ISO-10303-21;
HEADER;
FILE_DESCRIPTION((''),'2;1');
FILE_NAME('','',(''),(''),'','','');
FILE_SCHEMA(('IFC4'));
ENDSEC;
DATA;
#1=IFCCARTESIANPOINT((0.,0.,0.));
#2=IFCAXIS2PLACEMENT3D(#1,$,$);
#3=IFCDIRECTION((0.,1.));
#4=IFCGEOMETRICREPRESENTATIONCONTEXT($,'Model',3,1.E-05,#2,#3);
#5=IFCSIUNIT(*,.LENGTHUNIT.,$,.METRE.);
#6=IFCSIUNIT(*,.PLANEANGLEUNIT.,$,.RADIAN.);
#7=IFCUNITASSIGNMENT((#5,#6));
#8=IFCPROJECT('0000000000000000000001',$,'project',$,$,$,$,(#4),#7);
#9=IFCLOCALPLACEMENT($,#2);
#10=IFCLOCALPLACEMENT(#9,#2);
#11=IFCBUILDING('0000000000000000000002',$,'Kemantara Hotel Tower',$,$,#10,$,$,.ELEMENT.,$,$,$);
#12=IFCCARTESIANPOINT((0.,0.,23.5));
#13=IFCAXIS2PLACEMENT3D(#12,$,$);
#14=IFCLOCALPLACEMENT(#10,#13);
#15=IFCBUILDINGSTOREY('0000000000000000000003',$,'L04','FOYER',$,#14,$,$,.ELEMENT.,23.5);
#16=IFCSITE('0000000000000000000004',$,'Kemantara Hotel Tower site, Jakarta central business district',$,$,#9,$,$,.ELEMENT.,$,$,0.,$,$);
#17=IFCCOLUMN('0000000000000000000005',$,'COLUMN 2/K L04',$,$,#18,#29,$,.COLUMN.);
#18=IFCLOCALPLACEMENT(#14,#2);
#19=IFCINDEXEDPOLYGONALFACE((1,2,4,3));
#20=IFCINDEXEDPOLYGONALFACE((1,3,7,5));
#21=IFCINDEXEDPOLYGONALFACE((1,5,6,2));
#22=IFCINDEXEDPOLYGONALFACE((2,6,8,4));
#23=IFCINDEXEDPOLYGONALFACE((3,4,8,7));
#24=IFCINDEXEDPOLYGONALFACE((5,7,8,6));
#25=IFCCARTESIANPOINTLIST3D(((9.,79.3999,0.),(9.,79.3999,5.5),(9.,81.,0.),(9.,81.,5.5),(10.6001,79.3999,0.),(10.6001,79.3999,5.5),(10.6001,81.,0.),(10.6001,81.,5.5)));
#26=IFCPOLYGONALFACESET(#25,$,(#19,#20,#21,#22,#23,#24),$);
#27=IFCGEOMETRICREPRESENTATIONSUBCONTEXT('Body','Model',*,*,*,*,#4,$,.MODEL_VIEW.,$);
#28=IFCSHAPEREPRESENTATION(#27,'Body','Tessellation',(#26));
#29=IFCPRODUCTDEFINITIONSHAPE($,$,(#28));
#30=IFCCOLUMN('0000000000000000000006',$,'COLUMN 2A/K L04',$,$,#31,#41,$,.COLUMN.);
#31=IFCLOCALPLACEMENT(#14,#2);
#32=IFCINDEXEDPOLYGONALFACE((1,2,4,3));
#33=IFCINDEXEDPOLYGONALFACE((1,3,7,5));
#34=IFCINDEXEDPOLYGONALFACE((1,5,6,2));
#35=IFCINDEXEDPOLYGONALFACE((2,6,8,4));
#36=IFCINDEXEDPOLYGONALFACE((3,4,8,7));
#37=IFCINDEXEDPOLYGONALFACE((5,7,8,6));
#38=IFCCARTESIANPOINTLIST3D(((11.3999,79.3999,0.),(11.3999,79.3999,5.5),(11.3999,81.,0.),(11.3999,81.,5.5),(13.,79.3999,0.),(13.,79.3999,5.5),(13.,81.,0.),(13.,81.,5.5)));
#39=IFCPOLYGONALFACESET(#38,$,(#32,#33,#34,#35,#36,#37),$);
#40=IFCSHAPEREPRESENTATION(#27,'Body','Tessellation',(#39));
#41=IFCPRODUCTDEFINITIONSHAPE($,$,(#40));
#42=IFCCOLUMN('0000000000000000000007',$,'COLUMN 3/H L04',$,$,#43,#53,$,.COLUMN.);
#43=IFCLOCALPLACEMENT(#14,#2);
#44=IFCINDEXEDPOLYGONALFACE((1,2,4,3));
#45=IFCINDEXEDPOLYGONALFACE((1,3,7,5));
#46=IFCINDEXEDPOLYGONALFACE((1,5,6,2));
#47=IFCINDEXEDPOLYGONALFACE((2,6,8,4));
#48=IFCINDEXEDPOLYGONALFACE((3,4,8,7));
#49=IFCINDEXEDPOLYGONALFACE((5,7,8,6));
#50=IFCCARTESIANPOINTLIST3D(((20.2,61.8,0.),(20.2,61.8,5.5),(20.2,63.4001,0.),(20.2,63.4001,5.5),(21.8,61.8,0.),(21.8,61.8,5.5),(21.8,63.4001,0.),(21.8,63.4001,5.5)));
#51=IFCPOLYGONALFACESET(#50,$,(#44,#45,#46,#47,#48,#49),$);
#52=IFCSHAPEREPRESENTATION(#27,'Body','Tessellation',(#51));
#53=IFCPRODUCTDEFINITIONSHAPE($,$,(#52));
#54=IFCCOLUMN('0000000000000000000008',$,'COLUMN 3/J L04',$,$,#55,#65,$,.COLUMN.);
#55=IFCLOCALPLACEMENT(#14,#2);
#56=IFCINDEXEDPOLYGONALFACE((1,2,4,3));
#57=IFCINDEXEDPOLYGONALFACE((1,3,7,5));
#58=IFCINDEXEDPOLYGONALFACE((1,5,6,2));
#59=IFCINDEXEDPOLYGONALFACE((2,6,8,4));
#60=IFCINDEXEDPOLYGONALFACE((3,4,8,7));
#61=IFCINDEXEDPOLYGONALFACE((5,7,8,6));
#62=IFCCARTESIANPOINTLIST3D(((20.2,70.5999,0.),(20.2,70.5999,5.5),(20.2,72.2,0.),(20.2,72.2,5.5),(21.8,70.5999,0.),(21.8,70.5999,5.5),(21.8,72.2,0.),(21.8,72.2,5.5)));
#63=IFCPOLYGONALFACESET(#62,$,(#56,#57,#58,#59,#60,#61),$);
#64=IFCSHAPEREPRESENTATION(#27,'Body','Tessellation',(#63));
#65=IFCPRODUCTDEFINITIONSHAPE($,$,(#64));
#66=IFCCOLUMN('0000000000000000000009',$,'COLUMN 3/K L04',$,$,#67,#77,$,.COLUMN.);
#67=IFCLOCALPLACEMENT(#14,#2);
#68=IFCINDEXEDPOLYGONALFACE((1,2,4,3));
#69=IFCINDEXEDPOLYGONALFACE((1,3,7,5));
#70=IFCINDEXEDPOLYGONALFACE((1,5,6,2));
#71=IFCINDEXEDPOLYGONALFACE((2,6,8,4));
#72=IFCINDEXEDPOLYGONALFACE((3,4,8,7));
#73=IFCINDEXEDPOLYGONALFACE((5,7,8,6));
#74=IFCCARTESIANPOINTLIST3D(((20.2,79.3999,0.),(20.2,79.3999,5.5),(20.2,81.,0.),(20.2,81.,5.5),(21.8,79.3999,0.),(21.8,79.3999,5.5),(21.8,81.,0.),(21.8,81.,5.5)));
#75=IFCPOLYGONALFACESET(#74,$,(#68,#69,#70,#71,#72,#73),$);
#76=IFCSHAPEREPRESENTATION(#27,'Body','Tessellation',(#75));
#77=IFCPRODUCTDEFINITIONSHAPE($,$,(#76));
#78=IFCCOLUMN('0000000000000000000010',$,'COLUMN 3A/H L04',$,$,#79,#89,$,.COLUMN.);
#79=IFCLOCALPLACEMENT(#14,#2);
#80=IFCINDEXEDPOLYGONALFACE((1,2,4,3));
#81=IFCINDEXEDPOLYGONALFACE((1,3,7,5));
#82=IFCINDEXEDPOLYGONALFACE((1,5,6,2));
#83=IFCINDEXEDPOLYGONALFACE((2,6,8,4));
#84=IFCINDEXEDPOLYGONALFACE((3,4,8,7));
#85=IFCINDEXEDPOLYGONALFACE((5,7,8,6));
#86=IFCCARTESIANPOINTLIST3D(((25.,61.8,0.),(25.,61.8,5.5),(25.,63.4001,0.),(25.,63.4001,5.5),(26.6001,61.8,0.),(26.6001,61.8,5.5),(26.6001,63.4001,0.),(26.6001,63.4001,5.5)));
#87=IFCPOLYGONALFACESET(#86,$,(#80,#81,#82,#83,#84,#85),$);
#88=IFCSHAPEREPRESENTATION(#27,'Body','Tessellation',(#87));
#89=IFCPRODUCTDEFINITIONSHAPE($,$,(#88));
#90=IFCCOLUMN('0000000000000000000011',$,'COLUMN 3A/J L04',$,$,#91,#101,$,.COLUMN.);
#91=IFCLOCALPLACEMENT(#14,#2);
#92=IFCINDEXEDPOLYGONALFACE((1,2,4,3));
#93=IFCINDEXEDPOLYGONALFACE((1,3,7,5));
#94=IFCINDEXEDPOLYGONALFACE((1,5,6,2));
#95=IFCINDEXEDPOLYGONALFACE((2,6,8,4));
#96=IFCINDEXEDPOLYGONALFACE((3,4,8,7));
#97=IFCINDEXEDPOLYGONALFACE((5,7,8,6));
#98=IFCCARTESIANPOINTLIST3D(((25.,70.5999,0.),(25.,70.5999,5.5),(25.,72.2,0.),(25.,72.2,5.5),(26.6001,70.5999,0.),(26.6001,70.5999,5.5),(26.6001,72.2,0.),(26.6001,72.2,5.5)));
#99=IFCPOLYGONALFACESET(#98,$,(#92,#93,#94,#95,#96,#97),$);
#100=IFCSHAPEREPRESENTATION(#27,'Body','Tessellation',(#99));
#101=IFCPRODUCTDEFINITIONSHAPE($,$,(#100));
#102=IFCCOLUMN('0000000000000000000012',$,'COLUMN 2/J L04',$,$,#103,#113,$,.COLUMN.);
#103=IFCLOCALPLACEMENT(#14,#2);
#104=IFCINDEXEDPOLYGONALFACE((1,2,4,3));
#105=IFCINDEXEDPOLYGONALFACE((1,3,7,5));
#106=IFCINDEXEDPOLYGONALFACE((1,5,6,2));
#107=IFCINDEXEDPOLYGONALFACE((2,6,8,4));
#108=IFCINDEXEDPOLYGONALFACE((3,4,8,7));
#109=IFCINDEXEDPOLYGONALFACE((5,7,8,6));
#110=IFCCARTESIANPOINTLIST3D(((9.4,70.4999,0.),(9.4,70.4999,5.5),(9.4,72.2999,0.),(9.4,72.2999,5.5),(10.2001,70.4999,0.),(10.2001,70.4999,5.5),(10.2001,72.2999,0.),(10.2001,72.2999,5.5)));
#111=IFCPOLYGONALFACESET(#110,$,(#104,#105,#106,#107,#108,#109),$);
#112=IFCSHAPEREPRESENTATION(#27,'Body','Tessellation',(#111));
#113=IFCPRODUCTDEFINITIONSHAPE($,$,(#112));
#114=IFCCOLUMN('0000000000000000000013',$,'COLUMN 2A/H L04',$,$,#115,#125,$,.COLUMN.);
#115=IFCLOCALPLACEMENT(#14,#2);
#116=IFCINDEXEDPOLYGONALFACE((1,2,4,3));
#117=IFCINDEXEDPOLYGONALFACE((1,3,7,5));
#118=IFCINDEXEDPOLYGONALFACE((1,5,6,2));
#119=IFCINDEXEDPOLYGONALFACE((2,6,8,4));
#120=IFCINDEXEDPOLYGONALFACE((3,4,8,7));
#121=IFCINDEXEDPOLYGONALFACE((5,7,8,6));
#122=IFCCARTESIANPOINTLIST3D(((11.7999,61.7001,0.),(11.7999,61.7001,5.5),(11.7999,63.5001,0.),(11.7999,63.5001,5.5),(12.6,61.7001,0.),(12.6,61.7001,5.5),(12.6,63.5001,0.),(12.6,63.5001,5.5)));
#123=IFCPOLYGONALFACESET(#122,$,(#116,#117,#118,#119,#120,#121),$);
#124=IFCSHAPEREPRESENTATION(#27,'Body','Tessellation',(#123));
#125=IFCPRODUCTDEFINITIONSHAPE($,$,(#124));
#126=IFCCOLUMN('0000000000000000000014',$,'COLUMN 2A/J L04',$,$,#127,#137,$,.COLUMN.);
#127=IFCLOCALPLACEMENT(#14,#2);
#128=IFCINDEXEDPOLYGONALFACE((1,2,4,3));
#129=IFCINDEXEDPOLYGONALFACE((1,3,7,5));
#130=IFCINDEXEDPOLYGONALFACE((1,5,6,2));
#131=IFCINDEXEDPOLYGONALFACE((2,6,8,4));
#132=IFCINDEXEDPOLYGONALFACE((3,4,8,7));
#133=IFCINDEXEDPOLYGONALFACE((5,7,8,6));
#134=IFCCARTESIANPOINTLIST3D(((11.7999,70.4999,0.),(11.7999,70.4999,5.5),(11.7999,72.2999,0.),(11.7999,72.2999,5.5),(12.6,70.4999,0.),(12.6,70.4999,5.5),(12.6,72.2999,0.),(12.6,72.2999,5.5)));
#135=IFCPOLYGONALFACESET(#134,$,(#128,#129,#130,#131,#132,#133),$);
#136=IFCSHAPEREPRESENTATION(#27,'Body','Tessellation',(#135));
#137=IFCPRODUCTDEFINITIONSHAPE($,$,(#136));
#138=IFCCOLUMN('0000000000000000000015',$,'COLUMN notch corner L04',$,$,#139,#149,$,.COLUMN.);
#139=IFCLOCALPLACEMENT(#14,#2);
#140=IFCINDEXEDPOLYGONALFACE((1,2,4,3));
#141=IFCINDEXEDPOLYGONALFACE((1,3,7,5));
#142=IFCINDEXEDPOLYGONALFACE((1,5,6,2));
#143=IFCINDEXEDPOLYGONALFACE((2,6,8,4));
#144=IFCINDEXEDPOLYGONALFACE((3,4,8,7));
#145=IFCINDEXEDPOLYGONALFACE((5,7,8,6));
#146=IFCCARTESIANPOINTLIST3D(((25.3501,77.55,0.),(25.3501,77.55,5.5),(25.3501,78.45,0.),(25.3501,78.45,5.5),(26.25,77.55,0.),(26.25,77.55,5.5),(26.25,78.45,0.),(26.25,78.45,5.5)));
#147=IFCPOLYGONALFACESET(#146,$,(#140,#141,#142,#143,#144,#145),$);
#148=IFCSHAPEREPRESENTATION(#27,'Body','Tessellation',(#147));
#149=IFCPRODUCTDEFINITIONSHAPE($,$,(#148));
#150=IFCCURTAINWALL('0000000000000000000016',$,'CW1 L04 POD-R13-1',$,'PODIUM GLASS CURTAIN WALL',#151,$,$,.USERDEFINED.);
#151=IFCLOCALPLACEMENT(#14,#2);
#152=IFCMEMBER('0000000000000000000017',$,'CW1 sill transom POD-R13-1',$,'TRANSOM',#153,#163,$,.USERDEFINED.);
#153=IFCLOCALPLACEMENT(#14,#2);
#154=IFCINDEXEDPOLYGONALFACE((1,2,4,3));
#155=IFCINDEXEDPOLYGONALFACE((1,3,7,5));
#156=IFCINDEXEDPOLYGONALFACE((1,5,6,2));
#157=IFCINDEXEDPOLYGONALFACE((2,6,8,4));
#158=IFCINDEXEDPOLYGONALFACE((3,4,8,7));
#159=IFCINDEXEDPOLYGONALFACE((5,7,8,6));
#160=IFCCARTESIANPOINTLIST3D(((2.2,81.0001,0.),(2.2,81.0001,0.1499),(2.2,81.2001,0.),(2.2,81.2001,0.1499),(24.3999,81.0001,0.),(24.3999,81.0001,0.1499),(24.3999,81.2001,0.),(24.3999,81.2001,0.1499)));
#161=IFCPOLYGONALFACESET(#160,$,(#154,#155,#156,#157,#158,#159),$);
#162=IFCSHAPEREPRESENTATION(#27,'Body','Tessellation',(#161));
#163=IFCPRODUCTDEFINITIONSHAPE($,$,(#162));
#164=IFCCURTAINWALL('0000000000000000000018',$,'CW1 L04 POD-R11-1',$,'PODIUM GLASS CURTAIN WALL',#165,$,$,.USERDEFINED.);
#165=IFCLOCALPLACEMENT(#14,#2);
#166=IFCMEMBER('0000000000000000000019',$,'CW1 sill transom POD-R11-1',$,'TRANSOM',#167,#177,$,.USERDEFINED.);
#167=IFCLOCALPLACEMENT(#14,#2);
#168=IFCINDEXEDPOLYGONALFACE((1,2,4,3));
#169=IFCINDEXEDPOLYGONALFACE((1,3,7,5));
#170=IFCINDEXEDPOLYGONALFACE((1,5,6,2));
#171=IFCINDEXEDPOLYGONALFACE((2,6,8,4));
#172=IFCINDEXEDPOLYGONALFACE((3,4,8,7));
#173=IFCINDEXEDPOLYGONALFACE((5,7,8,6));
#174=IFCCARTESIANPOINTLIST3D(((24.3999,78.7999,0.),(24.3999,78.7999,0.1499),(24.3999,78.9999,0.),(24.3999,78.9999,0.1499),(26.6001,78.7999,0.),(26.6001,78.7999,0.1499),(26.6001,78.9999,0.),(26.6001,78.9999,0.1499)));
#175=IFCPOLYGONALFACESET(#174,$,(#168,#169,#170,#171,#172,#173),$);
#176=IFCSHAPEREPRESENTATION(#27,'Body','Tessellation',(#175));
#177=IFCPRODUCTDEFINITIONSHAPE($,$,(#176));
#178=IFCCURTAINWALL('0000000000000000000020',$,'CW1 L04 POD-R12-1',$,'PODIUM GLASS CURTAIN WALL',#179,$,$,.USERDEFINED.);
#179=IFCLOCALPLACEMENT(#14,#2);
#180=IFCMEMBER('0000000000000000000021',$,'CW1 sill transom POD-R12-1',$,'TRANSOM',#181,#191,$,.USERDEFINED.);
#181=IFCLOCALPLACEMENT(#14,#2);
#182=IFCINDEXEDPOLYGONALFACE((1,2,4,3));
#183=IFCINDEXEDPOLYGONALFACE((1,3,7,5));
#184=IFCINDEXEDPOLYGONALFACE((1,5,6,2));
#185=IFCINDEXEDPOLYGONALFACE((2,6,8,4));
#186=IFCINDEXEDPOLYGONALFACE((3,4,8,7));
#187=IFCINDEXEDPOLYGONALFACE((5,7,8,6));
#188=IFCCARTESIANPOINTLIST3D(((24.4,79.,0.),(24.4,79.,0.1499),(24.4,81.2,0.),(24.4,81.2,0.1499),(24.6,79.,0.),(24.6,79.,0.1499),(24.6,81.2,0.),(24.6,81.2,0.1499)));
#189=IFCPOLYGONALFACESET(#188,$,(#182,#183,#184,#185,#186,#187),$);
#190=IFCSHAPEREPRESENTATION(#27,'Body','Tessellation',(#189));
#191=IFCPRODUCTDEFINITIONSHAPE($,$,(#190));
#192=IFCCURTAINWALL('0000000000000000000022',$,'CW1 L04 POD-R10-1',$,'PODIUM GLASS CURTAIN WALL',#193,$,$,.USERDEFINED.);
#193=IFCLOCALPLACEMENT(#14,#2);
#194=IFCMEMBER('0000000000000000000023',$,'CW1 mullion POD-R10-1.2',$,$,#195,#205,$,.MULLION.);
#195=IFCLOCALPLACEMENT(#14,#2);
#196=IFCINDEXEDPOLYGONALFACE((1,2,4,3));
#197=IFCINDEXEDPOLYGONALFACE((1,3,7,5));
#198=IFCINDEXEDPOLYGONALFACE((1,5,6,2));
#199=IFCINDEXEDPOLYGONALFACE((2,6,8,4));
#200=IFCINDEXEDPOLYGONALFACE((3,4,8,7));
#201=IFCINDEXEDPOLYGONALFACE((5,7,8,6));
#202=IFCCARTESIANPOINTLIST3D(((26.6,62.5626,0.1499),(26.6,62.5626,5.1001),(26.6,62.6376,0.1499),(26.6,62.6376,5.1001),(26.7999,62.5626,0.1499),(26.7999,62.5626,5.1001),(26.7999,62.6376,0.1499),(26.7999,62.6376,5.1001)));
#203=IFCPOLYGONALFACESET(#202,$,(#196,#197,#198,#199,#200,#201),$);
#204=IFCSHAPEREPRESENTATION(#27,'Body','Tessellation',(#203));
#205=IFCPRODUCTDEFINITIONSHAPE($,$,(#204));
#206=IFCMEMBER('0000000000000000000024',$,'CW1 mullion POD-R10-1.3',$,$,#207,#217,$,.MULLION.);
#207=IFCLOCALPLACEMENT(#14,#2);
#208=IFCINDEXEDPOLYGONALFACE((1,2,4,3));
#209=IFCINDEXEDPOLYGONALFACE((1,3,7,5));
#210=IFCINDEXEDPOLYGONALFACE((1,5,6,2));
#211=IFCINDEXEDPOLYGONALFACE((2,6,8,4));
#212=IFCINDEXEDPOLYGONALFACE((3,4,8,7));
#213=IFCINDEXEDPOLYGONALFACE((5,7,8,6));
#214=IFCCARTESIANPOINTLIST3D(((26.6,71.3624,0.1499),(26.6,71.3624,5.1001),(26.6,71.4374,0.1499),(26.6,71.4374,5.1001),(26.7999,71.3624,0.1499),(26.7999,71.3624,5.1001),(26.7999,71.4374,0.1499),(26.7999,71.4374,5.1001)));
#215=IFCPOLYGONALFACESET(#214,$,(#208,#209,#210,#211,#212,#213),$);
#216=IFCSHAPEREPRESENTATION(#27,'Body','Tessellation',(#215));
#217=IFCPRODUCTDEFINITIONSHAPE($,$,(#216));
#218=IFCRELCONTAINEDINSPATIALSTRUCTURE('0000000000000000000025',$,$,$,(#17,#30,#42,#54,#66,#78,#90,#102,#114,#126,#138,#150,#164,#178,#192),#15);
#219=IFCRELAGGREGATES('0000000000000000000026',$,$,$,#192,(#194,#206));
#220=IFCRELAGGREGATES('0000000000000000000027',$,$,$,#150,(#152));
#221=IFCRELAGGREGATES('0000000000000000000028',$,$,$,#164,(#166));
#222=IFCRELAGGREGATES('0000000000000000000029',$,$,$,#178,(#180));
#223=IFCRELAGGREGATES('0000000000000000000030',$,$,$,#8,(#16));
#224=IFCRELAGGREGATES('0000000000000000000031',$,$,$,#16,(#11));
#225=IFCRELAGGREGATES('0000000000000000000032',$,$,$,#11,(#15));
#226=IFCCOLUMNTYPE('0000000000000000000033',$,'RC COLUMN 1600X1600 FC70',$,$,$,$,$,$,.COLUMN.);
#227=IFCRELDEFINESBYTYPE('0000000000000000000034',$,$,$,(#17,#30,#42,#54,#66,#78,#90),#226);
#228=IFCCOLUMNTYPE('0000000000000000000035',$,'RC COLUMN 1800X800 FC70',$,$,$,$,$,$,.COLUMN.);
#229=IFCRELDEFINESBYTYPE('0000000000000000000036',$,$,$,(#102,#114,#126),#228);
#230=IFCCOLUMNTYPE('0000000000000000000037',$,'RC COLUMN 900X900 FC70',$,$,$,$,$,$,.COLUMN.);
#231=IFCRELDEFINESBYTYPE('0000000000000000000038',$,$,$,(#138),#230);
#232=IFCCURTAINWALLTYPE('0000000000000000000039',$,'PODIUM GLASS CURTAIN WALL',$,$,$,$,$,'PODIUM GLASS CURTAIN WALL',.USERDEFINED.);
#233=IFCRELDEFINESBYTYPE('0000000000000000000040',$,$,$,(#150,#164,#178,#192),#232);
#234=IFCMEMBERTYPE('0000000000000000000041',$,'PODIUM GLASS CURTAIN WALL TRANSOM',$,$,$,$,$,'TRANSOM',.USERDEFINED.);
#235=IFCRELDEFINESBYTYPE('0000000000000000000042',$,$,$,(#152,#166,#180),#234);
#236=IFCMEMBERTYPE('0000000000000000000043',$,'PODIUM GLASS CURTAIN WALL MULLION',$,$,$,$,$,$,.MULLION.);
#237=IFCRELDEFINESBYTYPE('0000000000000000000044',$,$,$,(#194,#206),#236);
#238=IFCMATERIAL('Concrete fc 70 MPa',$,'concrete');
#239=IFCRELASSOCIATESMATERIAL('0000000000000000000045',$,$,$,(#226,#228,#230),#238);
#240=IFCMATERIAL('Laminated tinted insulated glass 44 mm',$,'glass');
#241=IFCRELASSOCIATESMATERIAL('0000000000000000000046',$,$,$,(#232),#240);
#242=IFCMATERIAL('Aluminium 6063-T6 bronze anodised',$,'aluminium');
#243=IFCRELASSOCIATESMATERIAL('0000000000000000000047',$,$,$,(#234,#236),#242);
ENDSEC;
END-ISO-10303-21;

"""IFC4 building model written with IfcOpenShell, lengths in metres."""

from ifc_helpers import new_model, si_unit, direction, frame, origin, origin_2d, place, context, subcontext, project, spatial, rectangle, extrude, source, transform, mapped, material, material_profile, profile_set, type_object, element, aggregate, save


model = new_model("IFC4")

# Units and contexts
model_context = context("Model", 3, precision=1e-05, world=origin(), true_north=direction((0.0, 1.0)))
body_context = subcontext(model_context, "Body", "Model", "MODEL_VIEW")
ifc_project = project(units=[si_unit("LENGTHUNIT", "METRE"), si_unit("PLANEANGLEUNIT", "RADIAN")], contexts=[model_context])

# Site, building, storey
site_placement = place(None, origin())
site = spatial("IfcSite", under=ifc_project, at=site_placement, Name="Kemantara Hotel Tower site, Jakarta central business district", CompositionType="ELEMENT", RefElevation=0.0)
building_placement = place(site_placement, origin())
building = spatial("IfcBuilding", under=site, at=building_placement, Name="Kemantara Hotel Tower", CompositionType="ELEMENT")
storey_placement = place(building_placement, frame((0.0, 0.0, 23.5)))
storey = spatial("IfcBuildingStorey", under=building, at=storey_placement, Name="L04", Description="FOYER", CompositionType="ELEMENT", Elevation=23.5)

# Columns
ifc_material_1 = material(Name="Concrete fc 70 MPa", Category="concrete")
ifc_material_profile_1 = material_profile(ifc_material_1, rectangle(XDim=1.6001, YDim=1.6001, at=origin_2d()), Name="RC 1600X1600")
ifc_profile_set_1 = profile_set([ifc_material_profile_1], Name="Concrete fc 70 MPa")
column_type_1 = type_object("IfcColumnType", Name="RC COLUMN 1600X1600 FC70", PredefinedType="COLUMN", material=ifc_profile_set_1)
for number, where, z_axis, x_axis, name in (
    (1, (9.8, 80.2, 0.0), (0.0, 0.0, 1.0), (1.0, 0.0, 0.0), "COLUMN 2/K L04"),
    (2, (12.2, 80.2, 0.0), (0.0, 0.0, 1.0), (1.0, 0.0, 0.0), "COLUMN 2A/K L04"),
    (3, (21.0, 62.6001, 0.0), (0.0, 0.0, 1.0), (1.0, 0.0, 0.0), "COLUMN 3/H L04"),
    (4, (21.0, 71.3999, 0.0), (0.0, 0.0, 1.0), (1.0, 0.0, 0.0), "COLUMN 3/J L04"),
    (5, (21.0, 80.2, 0.0), (0.0, 0.0, 1.0), (1.0, 0.0, 0.0), "COLUMN 3/K L04"),
    (6, (25.8, 62.6001, 0.0), (0.0, 0.0, 1.0), (1.0, 0.0, 0.0), "COLUMN 3A/H L04"),
    (7, (25.8, 71.3999, 0.0), (0.0, 0.0, 1.0), (1.0, 0.0, 0.0), "COLUMN 3A/J L04"),
):
    element("IfcColumn", number, at=place(storey_placement, frame(where, z_axis=z_axis, x_axis=x_axis)), inside=storey, type_object=column_type_1, Name=name, PredefinedType="COLUMN", context=body_context, shape_type="SweptSolid", body=[
        extrude(rectangle(XDim=1.6001, YDim=1.6001, at=origin_2d()), origin(), (0.0, 0.0, 1.0), 5.5),
    ])
ifc_material_profile_2 = material_profile(ifc_material_1, rectangle(XDim=1.8, YDim=0.8, at=origin_2d()), Name="RC 1800X800")
ifc_profile_set_2 = profile_set([ifc_material_profile_2], Name="Concrete fc 70 MPa")
column_type_2 = type_object("IfcColumnType", Name="RC COLUMN 1800X800 FC70", PredefinedType="COLUMN", material=ifc_profile_set_2)
for number, where, z_axis, x_axis, name in (
    (8, (9.8, 71.3999, 0.0), (0.0, 0.0, 1.0), (0.0, 1.0, 0.0), "COLUMN 2/J L04"),
    (9, (12.2, 62.6001, 0.0), (0.0, 0.0, 1.0), (0.0, 1.0, 0.0), "COLUMN 2A/H L04"),
    (10, (12.2, 71.3999, 0.0), (0.0, 0.0, 1.0), (0.0, 1.0, 0.0), "COLUMN 2A/J L04"),
):
    element("IfcColumn", number, at=place(storey_placement, frame(where, z_axis=z_axis, x_axis=x_axis)), inside=storey, type_object=column_type_2, Name=name, PredefinedType="COLUMN", context=body_context, shape_type="SweptSolid", body=[
        extrude(rectangle(XDim=1.8, YDim=0.8, at=origin_2d()), origin(), (0.0, 0.0, 1.0), 5.5),
    ])
ifc_material_profile_3 = material_profile(ifc_material_1, rectangle(XDim=0.8999, YDim=0.8999, at=origin_2d()), Name="RC 900X900")
ifc_profile_set_3 = profile_set([ifc_material_profile_3], Name="Concrete fc 70 MPa")
column_type_3 = type_object("IfcColumnType", Name="RC COLUMN 900X900 FC70", PredefinedType="COLUMN", material=ifc_profile_set_3)
column_placement = place(storey_placement, frame((25.8, 78.0, 0.0), z_axis=(0.0, 0.0, 1.0), x_axis=(1.0, 0.0, 0.0)))
element("IfcColumn", 11, at=column_placement, inside=storey, type_object=column_type_3, Name="COLUMN notch corner L04", PredefinedType="COLUMN", context=body_context, shape_type="SweptSolid", body=[
    extrude(rectangle(XDim=0.8999, YDim=0.8999, at=origin_2d()), origin(), (0.0, 0.0, 1.0), 5.5),
])

# Curtain walls, members
ifc_material_2 = material(Name="Laminated tinted insulated glass 44 mm", Category="glass")
curtain_wall_type = type_object("IfcCurtainWallType", Name="PODIUM GLASS CURTAIN WALL", ElementType="PODIUM GLASS CURTAIN WALL", PredefinedType="USERDEFINED", material=ifc_material_2)
curtain_wall_1_placement = place(storey_placement, origin())
curtain_wall_1 = element("IfcCurtainWall", 12, at=curtain_wall_1_placement, inside=storey, type_object=curtain_wall_type, Name="CW1 L04 POD-R13-1", ObjectType="PODIUM GLASS CURTAIN WALL", PredefinedType="USERDEFINED")
ifc_material_3 = material(Name="Aluminium 6063-T6 bronze anodised", Category="aluminium")
ifc_material_profile_4 = material_profile(ifc_material_3, rectangle(XDim=0.2, YDim=0.1499, at=origin_2d()), Name="PODIUM GLASS CURTAIN WALL TRANSOM")
ifc_profile_set_4 = profile_set([ifc_material_profile_4], Name="Aluminium 6063-T6 bronze anodised")
member_type_1 = type_object("IfcMemberType", Name="PODIUM GLASS CURTAIN WALL TRANSOM", ElementType="TRANSOM", PredefinedType="USERDEFINED", material=ifc_profile_set_4)
member_1_placement = place(storey_placement, frame((24.3999, 81.1001, 0.075), z_axis=(-1.0, 0.0, 0.0), x_axis=(0.0, -1.0, 0.0)))
member_1 = element("IfcMember", 13, at=member_1_placement, type_object=member_type_1, Name="CW1 sill transom POD-R13-1", ObjectType="TRANSOM", PredefinedType="USERDEFINED", context=body_context, shape_type="SweptSolid", body=[
    extrude(rectangle(XDim=0.2, YDim=0.1499, at=origin_2d()), origin(), (0.0, 0.0, 1.0), 22.2),
])
curtain_wall_2_placement = place(storey_placement, origin())
curtain_wall_2 = element("IfcCurtainWall", 14, at=curtain_wall_2_placement, inside=storey, type_object=curtain_wall_type, Name="CW1 L04 POD-R11-1", ObjectType="PODIUM GLASS CURTAIN WALL", PredefinedType="USERDEFINED")
member_2_placement = place(storey_placement, frame((26.6001, 78.8999, 0.075), z_axis=(-1.0, 0.0, 0.0), x_axis=(0.0, -1.0, 0.0)))
member_2 = element("IfcMember", 15, at=member_2_placement, type_object=member_type_1, Name="CW1 sill transom POD-R11-1", ObjectType="TRANSOM", PredefinedType="USERDEFINED", context=body_context, shape_type="SweptSolid", body=[
    extrude(rectangle(XDim=0.2, YDim=0.1499, at=origin_2d()), origin(), (0.0, 0.0, 1.0), 2.2002),
])
curtain_wall_3_placement = place(storey_placement, origin())
curtain_wall_3 = element("IfcCurtainWall", 16, at=curtain_wall_3_placement, inside=storey, type_object=curtain_wall_type, Name="CW1 L04 POD-R12-1", ObjectType="PODIUM GLASS CURTAIN WALL", PredefinedType="USERDEFINED")
member_3_placement = place(storey_placement, frame((24.5, 79.0, 0.075), z_axis=(0.0, 1.0, 0.0), x_axis=(-1.0, 0.0, 0.0)))
member_3 = element("IfcMember", 17, at=member_3_placement, type_object=member_type_1, Name="CW1 sill transom POD-R12-1", ObjectType="TRANSOM", PredefinedType="USERDEFINED", context=body_context, shape_type="SweptSolid", body=[
    extrude(rectangle(XDim=0.2, YDim=0.1499, at=origin_2d()), origin(), (0.0, 0.0, 1.0), 2.2),
])

# Curtain wall, members
curtain_wall_4_placement = place(storey_placement, origin())
curtain_wall_4 = element("IfcCurtainWall", 18, at=curtain_wall_4_placement, inside=storey, type_object=curtain_wall_type, Name="CW1 L04 POD-R10-1", ObjectType="PODIUM GLASS CURTAIN WALL", PredefinedType="USERDEFINED")
ifc_material_profile_5 = material_profile(ifc_material_3, rectangle(XDim=0.2, YDim=0.075, at=origin_2d()), Name="PODIUM GLASS CURTAIN WALL MULLION")
ifc_profile_set_5 = profile_set([ifc_material_profile_5], Name="Aluminium 6063-T6 bronze anodised")
member_type_2 = type_object("IfcMemberType", Name="PODIUM GLASS CURTAIN WALL MULLION", PredefinedType="MULLION", material=ifc_profile_set_5)
shared_shape_1 = source(origin(), body_context, "Body", "SweptSolid", [
    extrude(rectangle(XDim=0.2, YDim=0.075, at=origin_2d()), origin(), (0.0, 0.0, 1.0), 4.9502),
])
member_4_placement = place(storey_placement, frame((26.7, 62.6001, 0.1499), z_axis=(0.0, 0.0, 1.0), x_axis=(-1.0, 0.0, 0.0)))
member_4 = element("IfcMember", 19, at=member_4_placement, type_object=member_type_2, Name="CW1 mullion POD-R10-1.2", PredefinedType="MULLION", context=body_context, shape_type="MappedRepresentation", body=[
    mapped(shared_shape_1, transform((0.0, 0.0, 0.0))),
])
member_5_placement = place(storey_placement, frame((26.7, 71.3999, 0.1499), z_axis=(0.0, 0.0, 1.0), x_axis=(-1.0, 0.0, 0.0)))
member_5 = element("IfcMember", 20, at=member_5_placement, type_object=member_type_2, Name="CW1 mullion POD-R10-1.3", PredefinedType="MULLION", context=body_context, shape_type="MappedRepresentation", body=[
    mapped(shared_shape_1, transform((0.0, 0.0, 0.0))),
])

aggregate(curtain_wall_4, [member_4, member_5])
aggregate(curtain_wall_1, [member_1])
aggregate(curtain_wall_2, [member_2])
aggregate(curtain_wall_3, [member_3])

save(model, "model.ifc")
